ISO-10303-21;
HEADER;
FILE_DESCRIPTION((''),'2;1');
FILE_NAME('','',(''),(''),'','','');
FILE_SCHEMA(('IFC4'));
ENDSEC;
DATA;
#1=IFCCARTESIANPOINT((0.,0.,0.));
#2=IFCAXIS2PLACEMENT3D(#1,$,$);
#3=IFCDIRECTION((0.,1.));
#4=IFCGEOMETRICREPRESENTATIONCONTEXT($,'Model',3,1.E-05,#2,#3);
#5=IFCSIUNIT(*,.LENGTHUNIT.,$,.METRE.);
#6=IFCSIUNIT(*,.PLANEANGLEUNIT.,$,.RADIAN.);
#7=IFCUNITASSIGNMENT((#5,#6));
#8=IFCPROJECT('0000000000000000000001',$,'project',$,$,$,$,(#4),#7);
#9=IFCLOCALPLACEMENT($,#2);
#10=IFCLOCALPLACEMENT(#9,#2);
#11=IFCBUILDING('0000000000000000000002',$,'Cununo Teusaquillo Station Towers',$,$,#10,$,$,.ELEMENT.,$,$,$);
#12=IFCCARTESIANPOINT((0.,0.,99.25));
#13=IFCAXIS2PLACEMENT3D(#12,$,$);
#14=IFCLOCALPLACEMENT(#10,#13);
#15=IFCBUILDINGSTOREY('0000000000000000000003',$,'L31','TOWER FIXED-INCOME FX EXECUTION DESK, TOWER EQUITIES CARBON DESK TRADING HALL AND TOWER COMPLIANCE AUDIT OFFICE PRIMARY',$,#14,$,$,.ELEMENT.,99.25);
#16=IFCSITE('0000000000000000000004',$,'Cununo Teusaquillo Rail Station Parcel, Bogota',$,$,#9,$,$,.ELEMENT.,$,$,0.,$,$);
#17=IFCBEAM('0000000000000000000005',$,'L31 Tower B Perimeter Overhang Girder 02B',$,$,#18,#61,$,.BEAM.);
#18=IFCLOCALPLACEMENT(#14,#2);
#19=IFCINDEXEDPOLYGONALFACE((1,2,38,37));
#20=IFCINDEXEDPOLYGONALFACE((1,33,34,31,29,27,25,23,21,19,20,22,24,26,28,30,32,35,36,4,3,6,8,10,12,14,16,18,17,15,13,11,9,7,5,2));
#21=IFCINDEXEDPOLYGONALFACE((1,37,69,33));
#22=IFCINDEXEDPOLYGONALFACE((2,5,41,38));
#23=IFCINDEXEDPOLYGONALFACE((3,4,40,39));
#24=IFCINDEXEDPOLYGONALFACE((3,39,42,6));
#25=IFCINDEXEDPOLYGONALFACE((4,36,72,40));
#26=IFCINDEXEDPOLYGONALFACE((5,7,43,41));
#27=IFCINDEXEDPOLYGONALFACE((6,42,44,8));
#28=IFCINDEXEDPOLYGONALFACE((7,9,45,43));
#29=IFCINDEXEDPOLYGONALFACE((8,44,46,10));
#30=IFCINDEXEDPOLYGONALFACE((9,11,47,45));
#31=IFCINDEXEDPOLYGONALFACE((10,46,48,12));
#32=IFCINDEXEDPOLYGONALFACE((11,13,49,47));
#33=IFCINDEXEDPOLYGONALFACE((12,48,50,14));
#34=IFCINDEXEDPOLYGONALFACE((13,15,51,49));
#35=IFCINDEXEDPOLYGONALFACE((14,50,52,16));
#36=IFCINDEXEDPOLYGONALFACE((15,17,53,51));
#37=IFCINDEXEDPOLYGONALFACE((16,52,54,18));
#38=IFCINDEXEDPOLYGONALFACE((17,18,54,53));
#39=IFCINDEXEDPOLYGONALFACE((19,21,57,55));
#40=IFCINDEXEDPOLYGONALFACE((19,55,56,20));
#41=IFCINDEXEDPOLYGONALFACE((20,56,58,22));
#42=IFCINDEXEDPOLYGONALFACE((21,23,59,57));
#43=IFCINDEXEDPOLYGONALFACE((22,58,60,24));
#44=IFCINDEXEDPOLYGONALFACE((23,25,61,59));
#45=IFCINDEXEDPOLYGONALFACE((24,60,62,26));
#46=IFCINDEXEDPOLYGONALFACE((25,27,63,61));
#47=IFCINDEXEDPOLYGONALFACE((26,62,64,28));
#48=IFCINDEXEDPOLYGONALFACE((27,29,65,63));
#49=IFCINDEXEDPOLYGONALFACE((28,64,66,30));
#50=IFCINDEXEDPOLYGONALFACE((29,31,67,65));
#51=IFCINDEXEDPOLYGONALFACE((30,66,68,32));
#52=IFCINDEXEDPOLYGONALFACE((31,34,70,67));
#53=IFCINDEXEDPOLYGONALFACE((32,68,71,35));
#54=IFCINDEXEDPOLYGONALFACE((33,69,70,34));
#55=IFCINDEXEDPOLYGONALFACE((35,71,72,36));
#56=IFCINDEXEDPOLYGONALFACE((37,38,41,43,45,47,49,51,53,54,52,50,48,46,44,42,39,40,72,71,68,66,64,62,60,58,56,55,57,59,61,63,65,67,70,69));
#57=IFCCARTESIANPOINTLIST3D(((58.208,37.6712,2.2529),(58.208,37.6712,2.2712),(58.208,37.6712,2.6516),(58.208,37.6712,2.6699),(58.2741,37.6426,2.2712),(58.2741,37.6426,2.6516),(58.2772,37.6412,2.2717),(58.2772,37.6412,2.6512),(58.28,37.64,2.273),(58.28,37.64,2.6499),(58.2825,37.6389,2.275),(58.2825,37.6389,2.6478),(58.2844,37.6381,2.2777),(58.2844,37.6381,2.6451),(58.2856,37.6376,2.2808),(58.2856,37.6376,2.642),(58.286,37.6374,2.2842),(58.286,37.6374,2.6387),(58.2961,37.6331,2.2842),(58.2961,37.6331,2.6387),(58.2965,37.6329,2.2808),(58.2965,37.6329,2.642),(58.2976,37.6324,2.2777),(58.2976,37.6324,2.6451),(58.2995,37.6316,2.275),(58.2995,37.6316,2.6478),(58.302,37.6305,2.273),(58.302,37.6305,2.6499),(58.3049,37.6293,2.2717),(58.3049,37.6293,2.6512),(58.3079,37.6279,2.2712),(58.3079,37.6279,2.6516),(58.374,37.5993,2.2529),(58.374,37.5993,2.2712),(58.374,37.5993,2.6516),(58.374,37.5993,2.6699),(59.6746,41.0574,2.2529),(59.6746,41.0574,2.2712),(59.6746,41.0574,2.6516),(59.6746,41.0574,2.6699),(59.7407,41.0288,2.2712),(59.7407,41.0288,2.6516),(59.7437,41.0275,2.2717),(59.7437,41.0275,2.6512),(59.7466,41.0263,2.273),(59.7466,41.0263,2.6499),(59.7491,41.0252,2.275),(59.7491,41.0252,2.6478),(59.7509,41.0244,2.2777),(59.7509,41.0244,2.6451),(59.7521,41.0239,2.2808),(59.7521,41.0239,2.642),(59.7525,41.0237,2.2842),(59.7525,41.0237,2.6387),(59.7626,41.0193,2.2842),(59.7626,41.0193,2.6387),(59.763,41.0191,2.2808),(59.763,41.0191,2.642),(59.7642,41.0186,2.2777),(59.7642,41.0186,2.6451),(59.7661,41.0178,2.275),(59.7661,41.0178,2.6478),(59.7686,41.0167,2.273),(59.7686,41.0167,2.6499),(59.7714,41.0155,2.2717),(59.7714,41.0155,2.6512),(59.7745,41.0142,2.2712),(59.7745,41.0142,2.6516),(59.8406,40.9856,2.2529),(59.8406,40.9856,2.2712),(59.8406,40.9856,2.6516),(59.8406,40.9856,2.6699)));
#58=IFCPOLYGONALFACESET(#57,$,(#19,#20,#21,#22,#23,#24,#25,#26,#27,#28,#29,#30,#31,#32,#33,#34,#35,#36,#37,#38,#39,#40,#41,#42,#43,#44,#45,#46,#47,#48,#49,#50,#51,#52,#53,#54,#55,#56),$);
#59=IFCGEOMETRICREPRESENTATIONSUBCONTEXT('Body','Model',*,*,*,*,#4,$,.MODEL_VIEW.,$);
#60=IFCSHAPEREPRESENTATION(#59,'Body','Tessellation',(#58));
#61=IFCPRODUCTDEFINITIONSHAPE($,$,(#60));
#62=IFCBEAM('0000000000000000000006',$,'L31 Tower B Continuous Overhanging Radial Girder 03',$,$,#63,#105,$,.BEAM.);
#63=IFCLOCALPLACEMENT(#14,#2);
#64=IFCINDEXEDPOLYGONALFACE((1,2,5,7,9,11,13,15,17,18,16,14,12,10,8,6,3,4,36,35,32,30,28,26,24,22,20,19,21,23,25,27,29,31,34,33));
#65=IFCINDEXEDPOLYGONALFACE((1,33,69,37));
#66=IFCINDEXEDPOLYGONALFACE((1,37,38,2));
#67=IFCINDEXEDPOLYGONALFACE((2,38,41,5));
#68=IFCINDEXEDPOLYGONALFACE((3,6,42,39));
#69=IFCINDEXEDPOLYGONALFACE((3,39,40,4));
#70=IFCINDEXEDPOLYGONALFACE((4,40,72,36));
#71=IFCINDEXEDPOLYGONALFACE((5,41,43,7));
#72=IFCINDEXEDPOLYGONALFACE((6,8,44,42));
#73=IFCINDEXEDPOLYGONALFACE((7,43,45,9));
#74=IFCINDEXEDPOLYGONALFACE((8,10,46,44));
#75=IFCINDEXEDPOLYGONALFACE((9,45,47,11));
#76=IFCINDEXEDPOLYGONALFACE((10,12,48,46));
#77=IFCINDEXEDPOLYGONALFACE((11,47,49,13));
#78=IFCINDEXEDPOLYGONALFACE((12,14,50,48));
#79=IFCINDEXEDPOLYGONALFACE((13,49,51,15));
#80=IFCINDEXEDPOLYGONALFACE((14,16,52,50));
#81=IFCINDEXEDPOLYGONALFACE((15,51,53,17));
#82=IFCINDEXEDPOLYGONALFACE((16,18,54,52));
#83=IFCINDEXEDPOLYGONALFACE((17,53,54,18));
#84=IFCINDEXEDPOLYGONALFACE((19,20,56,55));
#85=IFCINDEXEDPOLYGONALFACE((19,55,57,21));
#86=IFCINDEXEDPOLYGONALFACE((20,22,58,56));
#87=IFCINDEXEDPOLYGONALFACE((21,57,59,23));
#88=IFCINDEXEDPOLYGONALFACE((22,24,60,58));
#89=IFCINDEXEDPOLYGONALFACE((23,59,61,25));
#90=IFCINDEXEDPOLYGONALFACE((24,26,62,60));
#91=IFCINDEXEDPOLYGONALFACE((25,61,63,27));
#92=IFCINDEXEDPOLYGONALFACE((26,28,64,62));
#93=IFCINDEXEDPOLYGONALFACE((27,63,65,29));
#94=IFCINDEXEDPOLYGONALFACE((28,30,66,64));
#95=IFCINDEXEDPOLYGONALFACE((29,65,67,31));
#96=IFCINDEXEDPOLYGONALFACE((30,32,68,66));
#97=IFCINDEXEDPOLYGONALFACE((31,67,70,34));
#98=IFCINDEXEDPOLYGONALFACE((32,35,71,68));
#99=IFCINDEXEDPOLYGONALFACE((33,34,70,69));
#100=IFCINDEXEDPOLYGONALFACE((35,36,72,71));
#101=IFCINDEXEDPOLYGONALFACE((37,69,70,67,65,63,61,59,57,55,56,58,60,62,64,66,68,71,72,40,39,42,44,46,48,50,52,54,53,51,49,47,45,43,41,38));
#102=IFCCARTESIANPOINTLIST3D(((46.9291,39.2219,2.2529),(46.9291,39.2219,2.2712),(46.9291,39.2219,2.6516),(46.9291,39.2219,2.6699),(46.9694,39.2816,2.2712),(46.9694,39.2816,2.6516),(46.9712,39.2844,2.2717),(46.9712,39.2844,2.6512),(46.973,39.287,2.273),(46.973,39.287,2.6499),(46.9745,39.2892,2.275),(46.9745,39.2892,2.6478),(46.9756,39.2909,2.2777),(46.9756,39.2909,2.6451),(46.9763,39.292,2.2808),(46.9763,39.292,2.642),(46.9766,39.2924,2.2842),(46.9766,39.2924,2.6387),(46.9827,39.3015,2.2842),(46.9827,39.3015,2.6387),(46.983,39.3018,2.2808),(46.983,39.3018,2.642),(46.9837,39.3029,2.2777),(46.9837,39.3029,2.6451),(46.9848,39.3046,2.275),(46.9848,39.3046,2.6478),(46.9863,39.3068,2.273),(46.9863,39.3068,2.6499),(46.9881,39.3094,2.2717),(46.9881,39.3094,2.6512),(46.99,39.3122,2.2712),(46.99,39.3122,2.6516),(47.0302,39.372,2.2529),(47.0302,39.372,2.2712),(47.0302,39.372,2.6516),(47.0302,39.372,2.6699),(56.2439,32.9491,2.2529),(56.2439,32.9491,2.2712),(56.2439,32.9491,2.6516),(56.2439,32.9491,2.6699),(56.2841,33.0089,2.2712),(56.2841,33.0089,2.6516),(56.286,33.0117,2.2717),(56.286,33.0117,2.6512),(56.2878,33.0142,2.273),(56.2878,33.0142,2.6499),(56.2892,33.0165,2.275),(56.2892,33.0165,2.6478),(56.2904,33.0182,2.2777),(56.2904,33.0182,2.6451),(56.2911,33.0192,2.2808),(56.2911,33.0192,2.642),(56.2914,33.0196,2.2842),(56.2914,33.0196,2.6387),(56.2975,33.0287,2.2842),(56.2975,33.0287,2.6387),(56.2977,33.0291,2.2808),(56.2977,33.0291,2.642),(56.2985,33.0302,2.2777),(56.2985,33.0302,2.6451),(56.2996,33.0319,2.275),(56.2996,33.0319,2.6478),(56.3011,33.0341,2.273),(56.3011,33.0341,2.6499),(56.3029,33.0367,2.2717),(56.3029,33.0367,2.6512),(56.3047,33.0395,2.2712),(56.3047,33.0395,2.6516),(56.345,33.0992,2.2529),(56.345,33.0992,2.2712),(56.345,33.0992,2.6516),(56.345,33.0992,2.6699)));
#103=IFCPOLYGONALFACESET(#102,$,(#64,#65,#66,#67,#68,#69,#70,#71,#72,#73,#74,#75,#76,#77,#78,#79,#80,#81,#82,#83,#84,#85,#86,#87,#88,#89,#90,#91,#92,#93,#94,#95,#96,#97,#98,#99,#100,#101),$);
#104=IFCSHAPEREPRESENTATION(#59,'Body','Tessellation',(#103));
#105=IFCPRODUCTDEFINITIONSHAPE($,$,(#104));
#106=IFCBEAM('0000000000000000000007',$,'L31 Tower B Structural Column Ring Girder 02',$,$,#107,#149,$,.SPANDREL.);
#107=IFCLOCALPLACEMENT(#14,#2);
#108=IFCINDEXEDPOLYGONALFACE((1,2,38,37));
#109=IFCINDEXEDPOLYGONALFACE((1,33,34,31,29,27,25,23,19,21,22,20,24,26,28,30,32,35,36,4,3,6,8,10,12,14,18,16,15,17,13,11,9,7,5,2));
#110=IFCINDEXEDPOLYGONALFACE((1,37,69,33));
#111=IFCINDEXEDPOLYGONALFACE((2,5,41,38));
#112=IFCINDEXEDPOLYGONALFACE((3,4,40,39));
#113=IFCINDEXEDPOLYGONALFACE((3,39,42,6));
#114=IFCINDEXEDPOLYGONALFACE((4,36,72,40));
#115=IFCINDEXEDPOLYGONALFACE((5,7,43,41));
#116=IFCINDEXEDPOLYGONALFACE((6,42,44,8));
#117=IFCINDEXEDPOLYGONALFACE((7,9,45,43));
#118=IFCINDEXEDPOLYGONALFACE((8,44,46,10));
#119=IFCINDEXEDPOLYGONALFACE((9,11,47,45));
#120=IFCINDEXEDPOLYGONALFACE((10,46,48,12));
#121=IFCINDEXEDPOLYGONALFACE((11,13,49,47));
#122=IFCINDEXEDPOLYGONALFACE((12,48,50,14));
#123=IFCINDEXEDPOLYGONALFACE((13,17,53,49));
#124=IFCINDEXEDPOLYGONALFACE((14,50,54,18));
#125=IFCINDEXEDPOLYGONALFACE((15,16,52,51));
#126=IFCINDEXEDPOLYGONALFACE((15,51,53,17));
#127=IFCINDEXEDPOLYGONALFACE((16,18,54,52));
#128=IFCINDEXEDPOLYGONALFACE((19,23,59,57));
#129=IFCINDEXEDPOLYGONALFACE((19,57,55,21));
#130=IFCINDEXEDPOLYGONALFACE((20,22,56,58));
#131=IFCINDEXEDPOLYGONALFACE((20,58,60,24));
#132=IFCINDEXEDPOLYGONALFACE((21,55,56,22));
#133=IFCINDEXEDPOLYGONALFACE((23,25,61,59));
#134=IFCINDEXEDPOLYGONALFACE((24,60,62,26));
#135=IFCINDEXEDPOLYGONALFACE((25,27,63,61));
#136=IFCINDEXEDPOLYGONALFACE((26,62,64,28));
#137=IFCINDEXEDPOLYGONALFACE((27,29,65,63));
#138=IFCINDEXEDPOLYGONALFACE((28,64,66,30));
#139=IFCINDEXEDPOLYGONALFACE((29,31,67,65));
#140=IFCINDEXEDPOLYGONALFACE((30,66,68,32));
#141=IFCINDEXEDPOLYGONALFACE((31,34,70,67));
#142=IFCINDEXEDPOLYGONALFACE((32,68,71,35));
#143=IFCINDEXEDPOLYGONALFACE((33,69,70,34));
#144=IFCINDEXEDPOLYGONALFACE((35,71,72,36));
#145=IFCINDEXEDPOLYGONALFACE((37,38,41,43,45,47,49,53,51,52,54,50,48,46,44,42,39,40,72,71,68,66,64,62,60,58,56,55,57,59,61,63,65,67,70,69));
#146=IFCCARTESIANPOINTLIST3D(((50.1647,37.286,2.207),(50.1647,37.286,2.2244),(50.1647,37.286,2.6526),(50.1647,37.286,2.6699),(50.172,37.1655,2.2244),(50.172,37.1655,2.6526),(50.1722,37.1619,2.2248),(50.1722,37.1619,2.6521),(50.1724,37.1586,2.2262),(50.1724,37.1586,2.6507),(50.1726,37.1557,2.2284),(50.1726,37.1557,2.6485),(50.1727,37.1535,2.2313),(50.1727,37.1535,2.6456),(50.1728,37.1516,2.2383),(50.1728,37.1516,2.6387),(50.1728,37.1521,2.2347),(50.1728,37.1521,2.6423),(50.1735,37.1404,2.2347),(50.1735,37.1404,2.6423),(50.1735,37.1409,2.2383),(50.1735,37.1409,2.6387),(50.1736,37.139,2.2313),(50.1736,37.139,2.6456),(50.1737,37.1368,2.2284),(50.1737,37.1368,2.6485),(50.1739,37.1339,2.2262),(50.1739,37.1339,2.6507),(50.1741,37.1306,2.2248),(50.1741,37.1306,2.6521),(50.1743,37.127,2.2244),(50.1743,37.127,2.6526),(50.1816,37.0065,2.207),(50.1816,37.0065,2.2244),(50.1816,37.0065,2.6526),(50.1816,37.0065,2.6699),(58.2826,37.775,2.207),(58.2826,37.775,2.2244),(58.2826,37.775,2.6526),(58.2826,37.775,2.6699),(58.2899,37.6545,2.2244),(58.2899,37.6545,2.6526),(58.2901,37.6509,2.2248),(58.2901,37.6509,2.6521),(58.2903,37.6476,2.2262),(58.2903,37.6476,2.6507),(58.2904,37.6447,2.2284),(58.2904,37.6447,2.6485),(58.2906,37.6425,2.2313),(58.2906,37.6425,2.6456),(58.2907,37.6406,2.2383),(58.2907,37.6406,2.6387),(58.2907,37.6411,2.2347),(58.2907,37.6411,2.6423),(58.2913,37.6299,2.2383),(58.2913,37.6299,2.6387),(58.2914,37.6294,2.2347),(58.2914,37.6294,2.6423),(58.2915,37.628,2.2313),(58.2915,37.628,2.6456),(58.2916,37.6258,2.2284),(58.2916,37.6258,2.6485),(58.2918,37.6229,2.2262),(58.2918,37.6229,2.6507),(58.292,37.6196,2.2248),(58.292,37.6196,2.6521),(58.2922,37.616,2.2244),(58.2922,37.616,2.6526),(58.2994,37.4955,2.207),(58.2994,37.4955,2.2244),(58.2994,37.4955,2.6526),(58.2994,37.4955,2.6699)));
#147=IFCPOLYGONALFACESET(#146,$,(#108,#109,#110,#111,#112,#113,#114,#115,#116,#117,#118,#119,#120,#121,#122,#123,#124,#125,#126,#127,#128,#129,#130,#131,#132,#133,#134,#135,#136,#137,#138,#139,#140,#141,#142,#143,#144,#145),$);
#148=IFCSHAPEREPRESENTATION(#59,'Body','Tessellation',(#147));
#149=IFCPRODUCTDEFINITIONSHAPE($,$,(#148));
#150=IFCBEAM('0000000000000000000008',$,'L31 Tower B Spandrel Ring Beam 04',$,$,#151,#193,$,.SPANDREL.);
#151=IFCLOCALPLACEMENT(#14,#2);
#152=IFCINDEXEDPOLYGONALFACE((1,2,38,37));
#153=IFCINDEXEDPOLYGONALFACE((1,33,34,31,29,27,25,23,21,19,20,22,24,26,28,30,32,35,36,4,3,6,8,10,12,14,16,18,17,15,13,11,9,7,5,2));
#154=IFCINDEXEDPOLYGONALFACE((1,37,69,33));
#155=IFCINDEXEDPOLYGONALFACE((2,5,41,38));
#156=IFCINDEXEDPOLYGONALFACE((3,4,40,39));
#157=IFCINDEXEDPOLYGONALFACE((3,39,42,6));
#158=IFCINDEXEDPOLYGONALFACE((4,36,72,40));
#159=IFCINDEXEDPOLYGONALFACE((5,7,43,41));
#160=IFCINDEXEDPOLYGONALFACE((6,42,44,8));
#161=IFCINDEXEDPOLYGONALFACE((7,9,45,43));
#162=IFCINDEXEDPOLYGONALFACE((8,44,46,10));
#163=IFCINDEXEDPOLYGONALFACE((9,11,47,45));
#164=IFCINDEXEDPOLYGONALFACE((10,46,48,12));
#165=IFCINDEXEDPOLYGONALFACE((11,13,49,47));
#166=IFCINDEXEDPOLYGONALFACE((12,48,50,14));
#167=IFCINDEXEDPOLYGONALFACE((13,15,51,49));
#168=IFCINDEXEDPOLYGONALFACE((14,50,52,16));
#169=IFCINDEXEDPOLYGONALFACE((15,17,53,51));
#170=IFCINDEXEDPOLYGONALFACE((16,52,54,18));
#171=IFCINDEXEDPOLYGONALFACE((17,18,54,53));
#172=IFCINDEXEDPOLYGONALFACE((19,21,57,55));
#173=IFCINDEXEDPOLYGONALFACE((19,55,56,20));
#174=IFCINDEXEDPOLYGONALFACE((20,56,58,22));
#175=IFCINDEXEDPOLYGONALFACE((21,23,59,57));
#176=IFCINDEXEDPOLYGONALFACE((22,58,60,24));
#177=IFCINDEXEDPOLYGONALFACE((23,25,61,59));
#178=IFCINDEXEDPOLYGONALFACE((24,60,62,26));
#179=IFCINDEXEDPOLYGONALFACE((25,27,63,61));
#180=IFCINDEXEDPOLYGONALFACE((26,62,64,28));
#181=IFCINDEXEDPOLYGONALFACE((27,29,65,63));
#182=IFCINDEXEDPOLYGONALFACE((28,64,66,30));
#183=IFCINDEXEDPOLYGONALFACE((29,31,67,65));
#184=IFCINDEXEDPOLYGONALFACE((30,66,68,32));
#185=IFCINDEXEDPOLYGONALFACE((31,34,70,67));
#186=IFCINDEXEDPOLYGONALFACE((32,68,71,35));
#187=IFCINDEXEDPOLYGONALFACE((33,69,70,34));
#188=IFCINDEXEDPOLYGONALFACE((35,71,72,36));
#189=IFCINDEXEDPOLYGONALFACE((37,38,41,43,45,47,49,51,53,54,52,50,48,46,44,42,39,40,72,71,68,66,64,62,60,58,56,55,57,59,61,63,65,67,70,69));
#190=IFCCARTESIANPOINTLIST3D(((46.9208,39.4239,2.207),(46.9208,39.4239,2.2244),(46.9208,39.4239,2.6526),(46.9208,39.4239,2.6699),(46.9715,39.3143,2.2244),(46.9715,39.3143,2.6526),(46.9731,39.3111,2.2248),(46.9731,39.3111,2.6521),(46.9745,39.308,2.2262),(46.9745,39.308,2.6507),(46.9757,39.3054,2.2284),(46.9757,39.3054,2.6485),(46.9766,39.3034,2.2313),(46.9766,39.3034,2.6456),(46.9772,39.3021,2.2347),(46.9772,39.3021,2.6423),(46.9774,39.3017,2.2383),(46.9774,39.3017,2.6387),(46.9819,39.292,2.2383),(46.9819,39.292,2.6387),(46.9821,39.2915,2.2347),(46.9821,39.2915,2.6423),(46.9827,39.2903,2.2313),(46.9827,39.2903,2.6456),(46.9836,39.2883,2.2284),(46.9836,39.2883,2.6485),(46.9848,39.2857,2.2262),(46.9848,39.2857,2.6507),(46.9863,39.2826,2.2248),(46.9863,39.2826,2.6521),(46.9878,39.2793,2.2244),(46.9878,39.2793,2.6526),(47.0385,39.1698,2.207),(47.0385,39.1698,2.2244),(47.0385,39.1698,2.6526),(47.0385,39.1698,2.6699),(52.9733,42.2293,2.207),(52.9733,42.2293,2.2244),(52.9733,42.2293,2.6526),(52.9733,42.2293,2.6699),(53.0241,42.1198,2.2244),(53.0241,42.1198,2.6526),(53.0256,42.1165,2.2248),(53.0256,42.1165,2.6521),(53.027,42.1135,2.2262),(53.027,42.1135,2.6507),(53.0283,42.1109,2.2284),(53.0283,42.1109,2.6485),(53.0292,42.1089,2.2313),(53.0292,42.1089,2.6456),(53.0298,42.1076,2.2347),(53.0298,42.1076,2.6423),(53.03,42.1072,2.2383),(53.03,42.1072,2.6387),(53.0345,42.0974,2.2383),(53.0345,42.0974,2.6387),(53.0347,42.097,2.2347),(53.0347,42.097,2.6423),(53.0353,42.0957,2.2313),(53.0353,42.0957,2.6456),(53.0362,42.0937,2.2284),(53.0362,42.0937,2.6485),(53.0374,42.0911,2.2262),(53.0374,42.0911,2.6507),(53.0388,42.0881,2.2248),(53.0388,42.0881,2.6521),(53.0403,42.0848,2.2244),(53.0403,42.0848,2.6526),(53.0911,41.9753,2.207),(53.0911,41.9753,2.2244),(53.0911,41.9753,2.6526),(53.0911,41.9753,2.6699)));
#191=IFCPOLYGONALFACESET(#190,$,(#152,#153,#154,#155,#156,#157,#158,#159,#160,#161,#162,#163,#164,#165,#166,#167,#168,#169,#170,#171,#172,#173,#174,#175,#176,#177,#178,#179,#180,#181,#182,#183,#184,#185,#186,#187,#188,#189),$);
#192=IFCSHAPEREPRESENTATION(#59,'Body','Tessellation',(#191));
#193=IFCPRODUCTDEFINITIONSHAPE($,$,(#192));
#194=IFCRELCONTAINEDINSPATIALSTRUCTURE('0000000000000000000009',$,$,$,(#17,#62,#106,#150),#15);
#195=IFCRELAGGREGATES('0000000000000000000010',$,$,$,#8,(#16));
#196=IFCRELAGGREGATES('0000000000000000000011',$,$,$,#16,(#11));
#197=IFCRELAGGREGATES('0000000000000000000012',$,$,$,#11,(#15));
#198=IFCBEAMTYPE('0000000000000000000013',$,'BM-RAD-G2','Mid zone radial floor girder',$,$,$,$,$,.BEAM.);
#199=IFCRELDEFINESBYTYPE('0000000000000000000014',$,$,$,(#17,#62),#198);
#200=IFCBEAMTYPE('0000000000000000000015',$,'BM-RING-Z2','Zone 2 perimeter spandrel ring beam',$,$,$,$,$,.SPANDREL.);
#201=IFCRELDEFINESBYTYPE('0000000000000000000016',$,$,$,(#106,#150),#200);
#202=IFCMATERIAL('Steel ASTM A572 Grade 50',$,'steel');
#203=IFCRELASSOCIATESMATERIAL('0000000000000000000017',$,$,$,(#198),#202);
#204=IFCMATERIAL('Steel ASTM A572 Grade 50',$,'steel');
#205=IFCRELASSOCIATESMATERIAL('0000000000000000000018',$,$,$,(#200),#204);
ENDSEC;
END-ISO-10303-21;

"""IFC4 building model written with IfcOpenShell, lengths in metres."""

from ifc_helpers import new_model, si_unit, direction, frame, origin, origin_2d, place, context, subcontext, project, spatial, i_section, extrude, material, material_profile, profile_set, type_object, element, save


model = new_model("IFC4")

# Units and contexts
model_context = context("Model", 3, precision=1e-05, world=origin(), true_north=direction((0.0, 1.0)))
body_context = subcontext(model_context, "Body", "Model", "MODEL_VIEW")
ifc_project = project(units=[si_unit("LENGTHUNIT", "METRE"), si_unit("PLANEANGLEUNIT", "RADIAN")], contexts=[model_context])

# Site, building, storey
site_placement = place(None, origin())
site = spatial("IfcSite", under=ifc_project, at=site_placement, Name="Cununo Teusaquillo Rail Station Parcel, Bogota", CompositionType="ELEMENT", RefElevation=0.0)
building_placement = place(site_placement, origin())
building = spatial("IfcBuilding", under=site, at=building_placement, Name="Cununo Teusaquillo Station Towers", CompositionType="ELEMENT")
storey_placement = place(building_placement, frame((0.0, 0.0, 99.25)))
storey = spatial("IfcBuildingStorey", under=building, at=storey_placement, Name="L31", Description="TOWER FIXED-INCOME FX EXECUTION DESK, TOWER EQUITIES CARBON DESK TRADING HALL AND TOWER COMPLIANCE AUDIT OFFICE PRIMARY", CompositionType="ELEMENT", Elevation=99.25)

# Beams
ifc_material_1 = material(Name="Steel ASTM A572 Grade 50", Category="steel")
ifc_material_profile_1 = material_profile(ifc_material_1, i_section(OverallWidth=0.1809, OverallDepth=0.417, WebThickness=0.011, FlangeThickness=0.0183, FilletRadius=0.0129, at=origin_2d()), Name="W16X57")
ifc_profile_set_1 = profile_set([ifc_material_profile_1], Name="Steel ASTM A572 Grade 50")
beam_type_1 = type_object("IfcBeamType", Name="BM-RAD-G2", Description="Mid zone radial floor girder", PredefinedType="BEAM", material=ifc_profile_set_1)
beam_1_placement = place(storey_placement, frame((58.291, 37.6353, 2.4614), z_axis=(0.397422, 0.917636, 0.0), x_axis=(-0.917636, 0.397422, 0.0)))
element("IfcBeam", 1, at=beam_1_placement, inside=storey, type_object=beam_type_1, Name="L31 Tower B Perimeter Overhang Girder 02B", PredefinedType="BEAM", context=body_context, shape_type="SweptSolid", body=[
    extrude(i_section(OverallWidth=0.1809, OverallDepth=0.417, WebThickness=0.011, FlangeThickness=0.0183, FilletRadius=0.0129, at=origin_2d()), origin(), (0.0, 0.0, 1.0), 3.6902),
])
beam_2_placement = place(storey_placement, frame((56.2944, 33.0242, 2.4614), z_axis=(-0.829456, 0.558572, 0.0), x_axis=(-0.558572, -0.829456, 0.0)))
element("IfcBeam", 2, at=beam_2_placement, inside=storey, type_object=beam_type_1, Name="L31 Tower B Continuous Overhanging Radial Girder 03", PredefinedType="BEAM", context=body_context, shape_type="SweptSolid", body=[
    extrude(i_section(OverallWidth=0.1809, OverallDepth=0.417, WebThickness=0.011, FlangeThickness=0.0183, FilletRadius=0.0129, at=origin_2d()), origin(), (0.0, 0.0, 1.0), 11.23),
])
ifc_material_2 = material(Name="Steel ASTM A572 Grade 50", Category="steel")
ifc_material_profile_2 = material_profile(ifc_material_2, i_section(OverallWidth=0.28, OverallDepth=0.4629, WebThickness=0.0107, FlangeThickness=0.0173, FilletRadius=0.0139, at=origin_2d()), Name="W18X76")
ifc_profile_set_2 = profile_set([ifc_material_profile_2], Name="Steel ASTM A572 Grade 50")
beam_type_2 = type_object("IfcBeamType", Name="BM-RING-Z2", Description="Zone 2 perimeter spandrel ring beam", PredefinedType="SPANDREL", material=ifc_profile_set_2)
beam_3_placement = place(storey_placement, frame((58.291, 37.6353, 2.4385), z_axis=(-0.998191, -0.06013, 0.0), x_axis=(0.06013, -0.998191, 0.0)))
element("IfcBeam", 3, at=beam_3_placement, inside=storey, type_object=beam_type_2, Name="L31 Tower B Structural Column Ring Girder 02", PredefinedType="SPANDREL", context=body_context, shape_type="SweptSolid", body=[
    extrude(i_section(OverallWidth=0.28, OverallDepth=0.4629, WebThickness=0.0107, FlangeThickness=0.0173, FilletRadius=0.0139, at=origin_2d()), origin(), (0.0, 0.0, 1.0), 8.1326),
])
beam_4_placement = place(storey_placement, frame((53.0322, 42.1023, 2.4385), z_axis=(-0.907276, -0.420536, 0.0), x_axis=(0.420536, -0.907276, 0.0)))
element("IfcBeam", 4, at=beam_4_placement, inside=storey, type_object=beam_type_2, Name="L31 Tower B Spandrel Ring Beam 04", PredefinedType="SPANDREL", context=body_context, shape_type="SweptSolid", body=[
    extrude(i_section(OverallWidth=0.28, OverallDepth=0.4629, WebThickness=0.0107, FlangeThickness=0.0173, FilletRadius=0.0139, at=origin_2d()), origin(), (0.0, 0.0, 1.0), 6.6711),
])

save(model, "model.ifc")
